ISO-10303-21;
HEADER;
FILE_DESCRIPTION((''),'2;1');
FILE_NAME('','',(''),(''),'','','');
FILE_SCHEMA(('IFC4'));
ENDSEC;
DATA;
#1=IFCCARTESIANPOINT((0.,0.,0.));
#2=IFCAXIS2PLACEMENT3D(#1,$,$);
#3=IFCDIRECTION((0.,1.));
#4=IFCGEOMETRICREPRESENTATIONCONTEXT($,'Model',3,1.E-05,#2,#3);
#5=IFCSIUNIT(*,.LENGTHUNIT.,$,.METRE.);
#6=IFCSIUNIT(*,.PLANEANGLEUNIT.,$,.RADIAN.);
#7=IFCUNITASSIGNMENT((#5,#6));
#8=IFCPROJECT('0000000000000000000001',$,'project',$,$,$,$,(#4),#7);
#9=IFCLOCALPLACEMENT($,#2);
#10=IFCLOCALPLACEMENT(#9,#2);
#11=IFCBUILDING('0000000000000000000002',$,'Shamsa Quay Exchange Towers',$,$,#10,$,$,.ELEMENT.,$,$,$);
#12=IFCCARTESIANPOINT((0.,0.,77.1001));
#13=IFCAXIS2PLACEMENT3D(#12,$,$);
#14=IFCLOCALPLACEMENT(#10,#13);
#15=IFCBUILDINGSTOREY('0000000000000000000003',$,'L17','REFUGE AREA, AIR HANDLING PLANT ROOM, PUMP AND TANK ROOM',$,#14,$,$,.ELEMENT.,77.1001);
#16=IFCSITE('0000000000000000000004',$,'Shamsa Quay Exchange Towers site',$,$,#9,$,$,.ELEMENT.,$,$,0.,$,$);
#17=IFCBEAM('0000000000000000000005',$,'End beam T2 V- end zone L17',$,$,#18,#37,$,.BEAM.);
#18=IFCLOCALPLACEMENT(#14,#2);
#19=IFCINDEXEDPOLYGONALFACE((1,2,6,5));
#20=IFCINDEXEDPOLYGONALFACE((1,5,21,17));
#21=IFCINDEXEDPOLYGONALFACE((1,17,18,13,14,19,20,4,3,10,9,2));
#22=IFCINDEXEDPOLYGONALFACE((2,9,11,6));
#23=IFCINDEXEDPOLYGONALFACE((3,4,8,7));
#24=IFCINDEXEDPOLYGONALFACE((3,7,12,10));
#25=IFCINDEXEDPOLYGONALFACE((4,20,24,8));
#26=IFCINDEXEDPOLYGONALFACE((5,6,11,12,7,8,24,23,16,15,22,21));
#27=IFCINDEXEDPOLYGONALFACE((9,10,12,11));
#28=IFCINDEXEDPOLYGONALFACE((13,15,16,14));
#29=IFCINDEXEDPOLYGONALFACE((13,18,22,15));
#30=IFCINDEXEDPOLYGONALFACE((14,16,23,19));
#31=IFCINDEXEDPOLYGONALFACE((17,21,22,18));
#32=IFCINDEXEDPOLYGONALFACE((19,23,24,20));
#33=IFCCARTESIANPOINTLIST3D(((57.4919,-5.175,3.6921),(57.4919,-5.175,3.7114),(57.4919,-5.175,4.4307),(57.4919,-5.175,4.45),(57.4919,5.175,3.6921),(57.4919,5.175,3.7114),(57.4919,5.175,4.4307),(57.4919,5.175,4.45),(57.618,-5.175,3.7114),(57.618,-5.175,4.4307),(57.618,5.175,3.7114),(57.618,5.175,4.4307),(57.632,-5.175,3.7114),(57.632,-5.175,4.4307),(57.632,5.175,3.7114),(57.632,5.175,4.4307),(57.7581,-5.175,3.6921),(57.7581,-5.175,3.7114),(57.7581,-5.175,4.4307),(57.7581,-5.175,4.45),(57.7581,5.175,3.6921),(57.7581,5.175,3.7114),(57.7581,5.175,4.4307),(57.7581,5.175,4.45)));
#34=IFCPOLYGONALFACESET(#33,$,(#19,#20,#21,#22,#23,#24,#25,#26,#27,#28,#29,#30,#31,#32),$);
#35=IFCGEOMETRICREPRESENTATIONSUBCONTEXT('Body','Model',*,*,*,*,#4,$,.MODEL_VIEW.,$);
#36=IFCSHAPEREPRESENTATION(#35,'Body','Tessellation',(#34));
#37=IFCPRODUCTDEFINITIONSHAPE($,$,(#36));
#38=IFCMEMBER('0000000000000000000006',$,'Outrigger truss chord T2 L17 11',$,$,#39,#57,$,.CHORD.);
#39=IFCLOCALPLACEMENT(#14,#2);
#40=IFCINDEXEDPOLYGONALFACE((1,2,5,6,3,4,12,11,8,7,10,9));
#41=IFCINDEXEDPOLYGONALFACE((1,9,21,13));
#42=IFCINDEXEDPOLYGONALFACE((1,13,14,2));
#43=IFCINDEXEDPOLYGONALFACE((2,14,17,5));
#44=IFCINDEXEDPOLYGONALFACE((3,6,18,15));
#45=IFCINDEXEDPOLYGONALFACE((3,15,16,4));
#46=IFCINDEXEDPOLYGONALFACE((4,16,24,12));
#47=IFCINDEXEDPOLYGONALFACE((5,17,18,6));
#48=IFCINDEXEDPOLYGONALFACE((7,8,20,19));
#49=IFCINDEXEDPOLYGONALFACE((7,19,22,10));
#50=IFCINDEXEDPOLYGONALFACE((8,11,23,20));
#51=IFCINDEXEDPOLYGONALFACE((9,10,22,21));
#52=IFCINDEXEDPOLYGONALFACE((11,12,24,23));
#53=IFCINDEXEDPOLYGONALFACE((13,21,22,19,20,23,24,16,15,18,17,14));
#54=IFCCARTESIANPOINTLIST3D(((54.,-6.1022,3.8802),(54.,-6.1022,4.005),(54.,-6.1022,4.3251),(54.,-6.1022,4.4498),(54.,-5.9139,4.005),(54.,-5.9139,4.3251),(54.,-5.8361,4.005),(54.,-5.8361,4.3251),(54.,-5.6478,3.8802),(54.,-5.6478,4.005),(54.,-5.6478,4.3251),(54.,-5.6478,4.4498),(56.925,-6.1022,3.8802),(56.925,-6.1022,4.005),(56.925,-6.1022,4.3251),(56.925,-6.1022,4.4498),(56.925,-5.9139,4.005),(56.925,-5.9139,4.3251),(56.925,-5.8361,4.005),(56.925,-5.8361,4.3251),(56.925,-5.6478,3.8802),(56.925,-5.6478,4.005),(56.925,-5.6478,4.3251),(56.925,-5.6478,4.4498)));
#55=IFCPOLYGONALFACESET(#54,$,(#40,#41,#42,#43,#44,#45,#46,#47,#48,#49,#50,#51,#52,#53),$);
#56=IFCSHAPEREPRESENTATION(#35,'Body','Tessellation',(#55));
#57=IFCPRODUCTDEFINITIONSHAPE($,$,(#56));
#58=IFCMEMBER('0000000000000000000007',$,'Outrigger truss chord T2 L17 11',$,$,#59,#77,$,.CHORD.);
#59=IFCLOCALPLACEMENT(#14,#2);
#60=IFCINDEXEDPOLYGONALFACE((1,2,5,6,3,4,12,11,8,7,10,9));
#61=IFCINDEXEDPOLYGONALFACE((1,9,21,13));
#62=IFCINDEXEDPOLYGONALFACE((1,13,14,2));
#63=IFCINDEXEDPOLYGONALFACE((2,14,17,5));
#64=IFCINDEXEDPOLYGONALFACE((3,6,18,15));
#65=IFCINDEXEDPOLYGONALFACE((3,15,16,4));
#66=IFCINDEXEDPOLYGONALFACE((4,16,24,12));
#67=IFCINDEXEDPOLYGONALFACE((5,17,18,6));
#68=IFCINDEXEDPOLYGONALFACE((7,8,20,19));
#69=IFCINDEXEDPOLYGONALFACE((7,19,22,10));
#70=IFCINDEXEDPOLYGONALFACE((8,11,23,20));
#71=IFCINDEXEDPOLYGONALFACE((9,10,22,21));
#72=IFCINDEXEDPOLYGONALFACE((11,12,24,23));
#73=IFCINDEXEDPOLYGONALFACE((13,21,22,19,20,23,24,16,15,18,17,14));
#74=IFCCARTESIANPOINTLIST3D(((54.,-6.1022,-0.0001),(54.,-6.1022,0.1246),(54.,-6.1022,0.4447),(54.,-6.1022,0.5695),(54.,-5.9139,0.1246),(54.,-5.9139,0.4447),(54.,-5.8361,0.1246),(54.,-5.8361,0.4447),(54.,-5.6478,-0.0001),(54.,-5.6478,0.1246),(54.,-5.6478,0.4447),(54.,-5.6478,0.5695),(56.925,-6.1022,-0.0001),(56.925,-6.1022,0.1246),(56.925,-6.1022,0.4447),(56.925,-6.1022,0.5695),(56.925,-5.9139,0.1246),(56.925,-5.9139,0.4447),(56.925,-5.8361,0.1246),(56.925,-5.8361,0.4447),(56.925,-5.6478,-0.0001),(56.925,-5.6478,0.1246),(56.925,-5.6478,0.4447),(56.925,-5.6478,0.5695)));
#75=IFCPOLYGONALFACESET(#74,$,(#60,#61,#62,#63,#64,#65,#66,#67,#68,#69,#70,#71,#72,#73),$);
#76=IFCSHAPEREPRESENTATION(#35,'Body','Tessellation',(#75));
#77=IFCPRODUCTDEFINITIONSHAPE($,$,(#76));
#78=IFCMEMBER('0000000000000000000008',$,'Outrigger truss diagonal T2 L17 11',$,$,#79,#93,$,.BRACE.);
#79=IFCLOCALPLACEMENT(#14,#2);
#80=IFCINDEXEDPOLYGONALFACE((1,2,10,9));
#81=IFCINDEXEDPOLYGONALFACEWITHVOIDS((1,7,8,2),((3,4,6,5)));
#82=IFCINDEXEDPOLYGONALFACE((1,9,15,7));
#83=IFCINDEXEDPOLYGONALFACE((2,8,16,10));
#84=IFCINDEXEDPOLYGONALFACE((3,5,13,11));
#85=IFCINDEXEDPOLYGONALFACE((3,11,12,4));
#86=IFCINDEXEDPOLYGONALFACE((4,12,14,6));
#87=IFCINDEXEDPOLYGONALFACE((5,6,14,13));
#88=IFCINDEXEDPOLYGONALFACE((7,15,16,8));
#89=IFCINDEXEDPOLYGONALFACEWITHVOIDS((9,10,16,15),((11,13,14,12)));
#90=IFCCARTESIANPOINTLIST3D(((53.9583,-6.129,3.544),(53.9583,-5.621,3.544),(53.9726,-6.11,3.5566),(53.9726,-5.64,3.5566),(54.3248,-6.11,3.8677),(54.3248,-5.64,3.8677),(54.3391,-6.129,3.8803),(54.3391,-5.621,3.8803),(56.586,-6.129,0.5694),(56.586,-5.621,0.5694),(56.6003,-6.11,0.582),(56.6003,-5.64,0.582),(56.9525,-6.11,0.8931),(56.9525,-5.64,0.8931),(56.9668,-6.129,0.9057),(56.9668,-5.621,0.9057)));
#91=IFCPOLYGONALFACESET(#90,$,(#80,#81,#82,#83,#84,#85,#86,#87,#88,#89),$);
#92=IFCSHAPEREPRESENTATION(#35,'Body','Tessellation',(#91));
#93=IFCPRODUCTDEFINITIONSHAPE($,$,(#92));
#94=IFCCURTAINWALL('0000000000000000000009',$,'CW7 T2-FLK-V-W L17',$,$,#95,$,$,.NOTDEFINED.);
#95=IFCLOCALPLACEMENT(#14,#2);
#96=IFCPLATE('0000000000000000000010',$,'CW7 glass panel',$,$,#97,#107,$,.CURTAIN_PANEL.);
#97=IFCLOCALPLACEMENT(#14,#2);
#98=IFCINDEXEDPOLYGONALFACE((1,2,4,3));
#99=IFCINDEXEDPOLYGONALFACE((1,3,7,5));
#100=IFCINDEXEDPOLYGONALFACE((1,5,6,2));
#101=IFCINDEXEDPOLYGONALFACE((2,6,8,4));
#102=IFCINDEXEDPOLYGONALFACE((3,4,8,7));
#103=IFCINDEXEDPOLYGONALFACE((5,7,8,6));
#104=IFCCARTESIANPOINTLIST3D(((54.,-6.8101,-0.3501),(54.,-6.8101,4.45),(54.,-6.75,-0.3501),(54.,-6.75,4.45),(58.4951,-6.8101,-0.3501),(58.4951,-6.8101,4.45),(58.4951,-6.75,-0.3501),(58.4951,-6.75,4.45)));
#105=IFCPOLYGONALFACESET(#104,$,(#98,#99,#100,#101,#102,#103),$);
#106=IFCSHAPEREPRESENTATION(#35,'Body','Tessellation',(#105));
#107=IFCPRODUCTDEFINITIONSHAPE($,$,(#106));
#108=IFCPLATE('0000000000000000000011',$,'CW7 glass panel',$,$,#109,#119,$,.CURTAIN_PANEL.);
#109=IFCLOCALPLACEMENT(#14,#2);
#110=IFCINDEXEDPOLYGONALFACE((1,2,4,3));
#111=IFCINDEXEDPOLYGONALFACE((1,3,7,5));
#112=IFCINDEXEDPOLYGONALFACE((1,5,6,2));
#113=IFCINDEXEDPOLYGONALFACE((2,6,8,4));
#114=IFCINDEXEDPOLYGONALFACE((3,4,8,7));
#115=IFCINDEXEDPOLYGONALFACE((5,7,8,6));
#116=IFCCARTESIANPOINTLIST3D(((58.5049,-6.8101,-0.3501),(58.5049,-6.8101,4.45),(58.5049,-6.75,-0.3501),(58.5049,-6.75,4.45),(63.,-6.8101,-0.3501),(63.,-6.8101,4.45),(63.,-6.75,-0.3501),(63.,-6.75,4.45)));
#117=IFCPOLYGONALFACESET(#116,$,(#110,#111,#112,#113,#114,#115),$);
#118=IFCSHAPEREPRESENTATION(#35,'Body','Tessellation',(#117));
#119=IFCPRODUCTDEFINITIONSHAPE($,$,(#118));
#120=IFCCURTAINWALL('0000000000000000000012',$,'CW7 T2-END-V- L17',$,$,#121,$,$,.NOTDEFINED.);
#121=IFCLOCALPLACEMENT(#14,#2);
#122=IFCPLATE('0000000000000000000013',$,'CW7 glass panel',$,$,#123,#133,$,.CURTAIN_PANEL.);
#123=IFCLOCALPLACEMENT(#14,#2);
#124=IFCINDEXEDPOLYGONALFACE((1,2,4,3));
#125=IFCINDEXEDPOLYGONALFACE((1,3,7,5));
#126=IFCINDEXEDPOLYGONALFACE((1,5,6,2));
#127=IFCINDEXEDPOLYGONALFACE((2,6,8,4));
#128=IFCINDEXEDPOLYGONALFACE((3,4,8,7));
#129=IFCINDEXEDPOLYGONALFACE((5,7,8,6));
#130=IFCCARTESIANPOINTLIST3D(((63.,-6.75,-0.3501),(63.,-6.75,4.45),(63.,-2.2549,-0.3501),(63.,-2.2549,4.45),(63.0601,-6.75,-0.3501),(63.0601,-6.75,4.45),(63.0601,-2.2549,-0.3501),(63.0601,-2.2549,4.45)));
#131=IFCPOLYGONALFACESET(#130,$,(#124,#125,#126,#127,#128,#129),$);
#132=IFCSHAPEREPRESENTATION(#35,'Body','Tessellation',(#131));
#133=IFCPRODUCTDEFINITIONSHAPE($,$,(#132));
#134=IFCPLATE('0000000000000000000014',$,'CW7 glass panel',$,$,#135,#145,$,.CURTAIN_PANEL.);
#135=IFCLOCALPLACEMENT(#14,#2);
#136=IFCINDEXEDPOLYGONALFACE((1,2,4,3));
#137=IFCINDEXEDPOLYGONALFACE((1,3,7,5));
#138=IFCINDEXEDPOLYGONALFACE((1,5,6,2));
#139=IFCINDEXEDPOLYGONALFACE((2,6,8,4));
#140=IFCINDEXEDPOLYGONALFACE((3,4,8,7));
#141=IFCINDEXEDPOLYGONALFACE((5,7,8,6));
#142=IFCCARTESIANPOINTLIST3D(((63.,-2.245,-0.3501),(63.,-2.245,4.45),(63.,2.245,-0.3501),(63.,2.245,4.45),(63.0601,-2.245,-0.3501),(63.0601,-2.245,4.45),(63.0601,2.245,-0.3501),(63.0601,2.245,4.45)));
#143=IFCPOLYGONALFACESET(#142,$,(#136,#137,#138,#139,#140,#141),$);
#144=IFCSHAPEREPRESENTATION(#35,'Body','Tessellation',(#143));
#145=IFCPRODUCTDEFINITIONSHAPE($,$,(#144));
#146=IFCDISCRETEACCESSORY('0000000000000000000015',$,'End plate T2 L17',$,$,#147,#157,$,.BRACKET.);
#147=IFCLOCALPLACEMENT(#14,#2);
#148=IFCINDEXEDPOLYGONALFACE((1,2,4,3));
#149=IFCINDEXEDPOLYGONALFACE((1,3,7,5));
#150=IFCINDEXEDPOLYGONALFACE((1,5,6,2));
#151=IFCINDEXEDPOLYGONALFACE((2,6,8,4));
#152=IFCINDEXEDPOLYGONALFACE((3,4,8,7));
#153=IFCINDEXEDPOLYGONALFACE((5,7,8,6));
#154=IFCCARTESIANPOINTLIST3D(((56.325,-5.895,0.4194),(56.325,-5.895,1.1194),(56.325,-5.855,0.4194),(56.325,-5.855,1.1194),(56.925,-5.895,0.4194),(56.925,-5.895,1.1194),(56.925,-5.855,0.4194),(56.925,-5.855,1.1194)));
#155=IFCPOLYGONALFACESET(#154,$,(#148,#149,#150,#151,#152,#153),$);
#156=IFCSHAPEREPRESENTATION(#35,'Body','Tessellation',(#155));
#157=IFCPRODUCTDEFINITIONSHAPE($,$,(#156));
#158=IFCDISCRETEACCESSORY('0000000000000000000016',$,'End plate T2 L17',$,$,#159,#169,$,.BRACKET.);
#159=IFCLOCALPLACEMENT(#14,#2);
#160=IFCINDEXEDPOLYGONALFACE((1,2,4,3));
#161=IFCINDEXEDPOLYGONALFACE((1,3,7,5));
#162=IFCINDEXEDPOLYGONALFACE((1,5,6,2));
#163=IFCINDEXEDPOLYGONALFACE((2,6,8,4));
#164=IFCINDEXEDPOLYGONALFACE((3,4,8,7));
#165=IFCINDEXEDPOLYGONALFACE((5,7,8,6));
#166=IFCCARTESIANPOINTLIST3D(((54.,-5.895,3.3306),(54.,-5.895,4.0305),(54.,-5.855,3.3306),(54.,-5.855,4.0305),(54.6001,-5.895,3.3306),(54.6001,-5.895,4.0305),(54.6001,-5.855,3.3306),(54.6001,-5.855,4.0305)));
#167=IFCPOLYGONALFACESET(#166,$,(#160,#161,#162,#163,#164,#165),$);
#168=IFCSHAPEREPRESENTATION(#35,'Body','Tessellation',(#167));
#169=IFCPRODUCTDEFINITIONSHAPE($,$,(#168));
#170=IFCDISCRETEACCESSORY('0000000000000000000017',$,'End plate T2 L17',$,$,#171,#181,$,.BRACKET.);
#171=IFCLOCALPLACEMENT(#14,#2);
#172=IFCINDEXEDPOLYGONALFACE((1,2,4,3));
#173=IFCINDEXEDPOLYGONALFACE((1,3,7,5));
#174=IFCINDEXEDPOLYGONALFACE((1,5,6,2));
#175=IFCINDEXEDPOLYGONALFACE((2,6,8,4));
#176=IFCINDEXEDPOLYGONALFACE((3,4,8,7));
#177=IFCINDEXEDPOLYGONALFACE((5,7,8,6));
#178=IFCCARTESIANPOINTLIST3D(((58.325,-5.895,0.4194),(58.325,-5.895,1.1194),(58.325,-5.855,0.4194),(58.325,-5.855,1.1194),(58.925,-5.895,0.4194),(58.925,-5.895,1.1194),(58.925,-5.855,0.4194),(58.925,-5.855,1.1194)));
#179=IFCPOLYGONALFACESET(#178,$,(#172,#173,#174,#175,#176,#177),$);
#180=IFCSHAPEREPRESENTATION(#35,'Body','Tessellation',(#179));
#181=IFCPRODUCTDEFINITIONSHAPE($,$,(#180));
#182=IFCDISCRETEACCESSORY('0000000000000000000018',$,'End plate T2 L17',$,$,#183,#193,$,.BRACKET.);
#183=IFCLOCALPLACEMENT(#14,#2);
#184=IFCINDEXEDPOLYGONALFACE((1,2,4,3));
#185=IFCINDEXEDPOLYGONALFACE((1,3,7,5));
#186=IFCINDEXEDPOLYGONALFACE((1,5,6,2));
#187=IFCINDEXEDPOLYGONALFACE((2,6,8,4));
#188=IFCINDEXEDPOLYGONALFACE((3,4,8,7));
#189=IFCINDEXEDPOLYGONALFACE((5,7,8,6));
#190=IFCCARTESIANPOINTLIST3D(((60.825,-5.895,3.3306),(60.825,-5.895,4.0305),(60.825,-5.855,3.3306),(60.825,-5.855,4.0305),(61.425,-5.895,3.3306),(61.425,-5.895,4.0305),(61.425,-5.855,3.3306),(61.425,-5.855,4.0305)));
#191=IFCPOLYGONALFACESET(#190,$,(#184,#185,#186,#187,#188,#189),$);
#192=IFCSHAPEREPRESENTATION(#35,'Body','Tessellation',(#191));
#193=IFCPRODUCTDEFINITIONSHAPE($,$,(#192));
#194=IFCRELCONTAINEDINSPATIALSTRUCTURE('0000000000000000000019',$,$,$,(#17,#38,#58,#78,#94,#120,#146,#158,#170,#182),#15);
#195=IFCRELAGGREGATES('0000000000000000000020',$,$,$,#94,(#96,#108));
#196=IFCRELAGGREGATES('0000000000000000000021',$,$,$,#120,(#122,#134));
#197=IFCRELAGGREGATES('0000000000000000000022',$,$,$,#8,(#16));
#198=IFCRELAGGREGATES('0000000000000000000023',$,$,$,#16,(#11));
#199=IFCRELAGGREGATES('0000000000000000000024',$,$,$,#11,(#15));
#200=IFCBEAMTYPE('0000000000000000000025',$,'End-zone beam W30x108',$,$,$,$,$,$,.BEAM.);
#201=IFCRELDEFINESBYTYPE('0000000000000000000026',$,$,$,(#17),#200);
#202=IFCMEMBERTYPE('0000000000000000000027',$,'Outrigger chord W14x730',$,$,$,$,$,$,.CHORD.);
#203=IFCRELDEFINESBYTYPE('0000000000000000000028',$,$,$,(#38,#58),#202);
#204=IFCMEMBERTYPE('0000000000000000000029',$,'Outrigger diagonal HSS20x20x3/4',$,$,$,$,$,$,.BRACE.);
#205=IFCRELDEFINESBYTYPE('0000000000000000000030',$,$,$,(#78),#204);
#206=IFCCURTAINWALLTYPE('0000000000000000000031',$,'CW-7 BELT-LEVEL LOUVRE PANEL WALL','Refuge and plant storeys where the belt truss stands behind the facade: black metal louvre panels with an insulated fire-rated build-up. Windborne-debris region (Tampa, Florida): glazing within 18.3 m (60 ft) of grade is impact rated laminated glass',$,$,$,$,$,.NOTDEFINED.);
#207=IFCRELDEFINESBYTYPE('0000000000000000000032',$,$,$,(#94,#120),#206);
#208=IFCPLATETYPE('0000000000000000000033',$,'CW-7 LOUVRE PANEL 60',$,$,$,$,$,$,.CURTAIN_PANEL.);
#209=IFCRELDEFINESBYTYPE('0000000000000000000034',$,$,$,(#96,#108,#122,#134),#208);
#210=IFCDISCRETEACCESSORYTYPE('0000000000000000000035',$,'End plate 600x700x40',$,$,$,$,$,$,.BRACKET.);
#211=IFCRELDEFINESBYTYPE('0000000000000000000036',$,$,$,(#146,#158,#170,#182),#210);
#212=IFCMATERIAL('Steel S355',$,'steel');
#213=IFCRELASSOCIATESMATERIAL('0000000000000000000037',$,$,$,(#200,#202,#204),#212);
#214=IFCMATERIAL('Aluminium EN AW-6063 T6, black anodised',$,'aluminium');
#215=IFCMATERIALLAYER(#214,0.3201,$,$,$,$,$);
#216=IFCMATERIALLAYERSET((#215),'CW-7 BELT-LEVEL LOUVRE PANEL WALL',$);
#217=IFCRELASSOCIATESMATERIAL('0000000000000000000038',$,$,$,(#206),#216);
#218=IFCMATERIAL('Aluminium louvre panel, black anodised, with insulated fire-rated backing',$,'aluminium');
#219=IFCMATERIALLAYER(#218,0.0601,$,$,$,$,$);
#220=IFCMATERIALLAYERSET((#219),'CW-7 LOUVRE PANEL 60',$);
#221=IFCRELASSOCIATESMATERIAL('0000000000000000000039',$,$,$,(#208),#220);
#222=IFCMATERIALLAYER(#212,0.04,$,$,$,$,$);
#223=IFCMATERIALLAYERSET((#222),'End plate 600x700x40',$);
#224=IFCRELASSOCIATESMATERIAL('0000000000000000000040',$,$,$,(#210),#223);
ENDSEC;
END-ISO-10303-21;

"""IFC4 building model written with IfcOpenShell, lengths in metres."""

from ifc_helpers import new_model, si_unit, direction, frame, origin, origin_2d, place, context, subcontext, project, spatial, rectangle, hollow_rectangle, i_section, extrude, material, layer, layer_set, material_profile, profile_set, type_object, element, aggregate, save


model = new_model("IFC4")

# Units and contexts
model_context = context("Model", 3, precision=1e-05, world=origin(), true_north=direction((0.0, 1.0)))
body_context = subcontext(model_context, "Body", "Model", "MODEL_VIEW")
ifc_project = project(units=[si_unit("LENGTHUNIT", "METRE"), si_unit("PLANEANGLEUNIT", "RADIAN")], contexts=[model_context])

# Site, building, storey
site_placement = place(None, origin())
site = spatial("IfcSite", under=ifc_project, at=site_placement, Name="Shamsa Quay Exchange Towers site", CompositionType="ELEMENT", RefElevation=0.0)
building_placement = place(site_placement, origin())
building = spatial("IfcBuilding", under=site, at=building_placement, Name="Shamsa Quay Exchange Towers", CompositionType="ELEMENT")
storey_placement = place(building_placement, frame((0.0, 0.0, 77.1001)))
storey = spatial("IfcBuildingStorey", under=building, at=storey_placement, Name="L17", Description="REFUGE AREA, AIR HANDLING PLANT ROOM, PUMP AND TANK ROOM", CompositionType="ELEMENT", Elevation=77.1001)

# Shared definitions
ifc_material_1 = material(Name="Steel S355", Category="steel")

# Beam
ifc_material_profile_1 = material_profile(ifc_material_1, i_section(OverallWidth=0.2661, OverallDepth=0.7578, WebThickness=0.0139, FlangeThickness=0.0193, at=origin_2d()), Name="W30x108")
ifc_profile_set_1 = profile_set([ifc_material_profile_1], Name="Steel S355")
beam_type = type_object("IfcBeamType", Name="End-zone beam W30x108", PredefinedType="BEAM", material=ifc_profile_set_1)
beam_placement = place(storey_placement, frame((57.625, -5.175, 4.071), z_axis=(0.0, 1.0, 0.0), x_axis=(-1.0, 0.0, 0.0)))
element("IfcBeam", 1, at=beam_placement, inside=storey, type_object=beam_type, Name="End beam T2 V- end zone L17", PredefinedType="BEAM", context=body_context, shape_type="SweptSolid", body=[
    extrude(i_section(OverallWidth=0.2661, OverallDepth=0.7578, WebThickness=0.0139, FlangeThickness=0.0193, at=origin_2d()), origin(), (0.0, 0.0, 1.0), 10.3501),
])

# Members
ifc_material_profile_2 = material_profile(ifc_material_1, i_section(OverallWidth=0.4543, OverallDepth=0.5696, WebThickness=0.0779, FlangeThickness=0.1248, at=origin_2d()), Name="W14x730")
ifc_profile_set_2 = profile_set([ifc_material_profile_2], Name="Steel S355")
member_type_1 = type_object("IfcMemberType", Name="Outrigger chord W14x730", PredefinedType="CHORD", material=ifc_profile_set_2)
for number, where, z_axis, x_axis, name in (
    (2, (56.925, -5.875, 4.165), (-1.0, 0.0, 0.0), (0.0, -1.0, 0.0), "Outrigger truss chord T2 L17 11"),
    (3, (56.925, -5.875, 0.2847), (-1.0, 0.0, 0.0), (0.0, -1.0, 0.0), "Outrigger truss chord T2 L17 11"),
):
    element("IfcMember", number, at=place(storey_placement, frame(where, z_axis=z_axis, x_axis=x_axis)), inside=storey, type_object=member_type_1, Name=name, PredefinedType="CHORD", context=body_context, shape_type="SweptSolid", body=[
        extrude(i_section(OverallWidth=0.4543, OverallDepth=0.5696, WebThickness=0.0779, FlangeThickness=0.1248, at=origin_2d()), origin(), (0.0, 0.0, 1.0), 2.925),
    ])
ifc_material_profile_3 = material_profile(ifc_material_1, hollow_rectangle(XDim=0.5081, YDim=0.5081, WallThickness=0.019, at=origin_2d()), Name="HSS20x20x3/4")
ifc_profile_set_3 = profile_set([ifc_material_profile_3], Name="Steel S355")
member_type_2 = type_object("IfcMemberType", Name="Outrigger diagonal HSS20x20x3/4", PredefinedType="BRACE", material=ifc_profile_set_3)
member_1_placement = place(storey_placement, frame((56.7764, -5.875, 0.7375), z_axis=(-0.662051, 0.0, 0.749459), x_axis=(0.0, -1.0, 0.0)))
element("IfcMember", 4, at=member_1_placement, inside=storey, type_object=member_type_2, Name="Outrigger truss diagonal T2 L17 11", PredefinedType="BRACE", context=body_context, shape_type="SweptSolid", body=[
    extrude(hollow_rectangle(XDim=0.5081, YDim=0.5081, WallThickness=0.019, at=origin_2d()), origin(), (0.0, 0.0, 1.0), 3.969),
])

# Curtain walls, plates
ifc_material_2 = material(Name="Aluminium EN AW-6063 T6, black anodised", Category="aluminium")
ifc_layer_1 = layer(ifc_material_2, 0.3201)
ifc_layer_set_1 = layer_set([ifc_layer_1], Name="CW-7 BELT-LEVEL LOUVRE PANEL WALL")
curtain_wall_type = type_object("IfcCurtainWallType", Name="CW-7 BELT-LEVEL LOUVRE PANEL WALL", Description="Refuge and plant storeys where the belt truss stands behind the facade: black metal louvre panels with an insulated fire-rated build-up. Windborne-debris region (Tampa, Florida): glazing within 18.3 m (60 ft) of grade is impact rated laminated glass", PredefinedType="NOTDEFINED", material=ifc_layer_set_1)
curtain_wall_1_placement = place(storey_placement, origin())
curtain_wall_1 = element("IfcCurtainWall", 5, at=curtain_wall_1_placement, inside=storey, type_object=curtain_wall_type, Name="CW7 T2-FLK-V-W L17", PredefinedType="NOTDEFINED")
ifc_material_3 = material(Name="Aluminium louvre panel, black anodised, with insulated fire-rated backing", Category="aluminium")
ifc_layer_2 = layer(ifc_material_3, 0.0601)
ifc_layer_set_2 = layer_set([ifc_layer_2], Name="CW-7 LOUVRE PANEL 60")
plate_type = type_object("IfcPlateType", Name="CW-7 LOUVRE PANEL 60", PredefinedType="CURTAIN_PANEL", material=ifc_layer_set_2)
plate_1_placement = place(storey_placement, frame((56.2476, -6.78, -0.3501)))
plate_1 = element("IfcPlate", 6, at=plate_1_placement, type_object=plate_type, Name="CW7 glass panel", PredefinedType="CURTAIN_PANEL", context=body_context, shape_type="SweptSolid", body=[
    extrude(rectangle(XDim=4.4951, YDim=0.0601, at=origin_2d()), origin(), (0.0, 0.0, 1.0), 4.8),
])
plate_2_placement = place(storey_placement, frame((60.7524, -6.78, -0.3501)))
plate_2 = element("IfcPlate", 7, at=plate_2_placement, type_object=plate_type, Name="CW7 glass panel", PredefinedType="CURTAIN_PANEL", context=body_context, shape_type="SweptSolid", body=[
    extrude(rectangle(XDim=4.4951, YDim=0.0601, at=origin_2d()), origin(), (0.0, 0.0, 1.0), 4.8),
])
aggregate(curtain_wall_1, [plate_1, plate_2])
curtain_wall_2_placement = place(storey_placement, origin())
curtain_wall_2 = element("IfcCurtainWall", 8, at=curtain_wall_2_placement, inside=storey, type_object=curtain_wall_type, Name="CW7 T2-END-V- L17", PredefinedType="NOTDEFINED")
plate_3_placement = place(storey_placement, frame((63.03, -4.5024, -0.3501), z_axis=(0.0, 0.0, 1.0), x_axis=(0.0, 1.0, 0.0)))
plate_3 = element("IfcPlate", 9, at=plate_3_placement, type_object=plate_type, Name="CW7 glass panel", PredefinedType="CURTAIN_PANEL", context=body_context, shape_type="SweptSolid", body=[
    extrude(rectangle(XDim=4.4951, YDim=0.0601, at=origin_2d()), origin(), (0.0, 0.0, 1.0), 4.8),
])
plate_4_placement = place(storey_placement, frame((63.03, 0.0, -0.3501), z_axis=(0.0, 0.0, 1.0), x_axis=(0.0, 1.0, 0.0)))
plate_4 = element("IfcPlate", 10, at=plate_4_placement, type_object=plate_type, Name="CW7 glass panel", PredefinedType="CURTAIN_PANEL", context=body_context, shape_type="SweptSolid", body=[
    extrude(rectangle(XDim=4.49, YDim=0.0601, at=origin_2d()), origin(), (0.0, 0.0, 1.0), 4.8),
])
aggregate(curtain_wall_2, [plate_3, plate_4])

# Discrete accessories
ifc_layer_3 = layer(ifc_material_1, 0.04)
ifc_layer_set_3 = layer_set([ifc_layer_3], Name="End plate 600x700x40")
discrete_accessory_type_1 = type_object("IfcDiscreteAccessoryType", Name="End plate 600x700x40", PredefinedType="BRACKET", material=ifc_layer_set_3)
for number, where, z_axis, x_axis, name in (
    (11, (56.625, -5.875, 0.4194), (0.0, 0.0, 1.0), (-1.0, 0.0, 0.0), "End plate T2 L17"),
    (12, (54.3, -5.875, 3.3306), (0.0, 0.0, 1.0), (-1.0, 0.0, 0.0), "End plate T2 L17"),
):
    element("IfcDiscreteAccessory", number, at=place(storey_placement, frame(where, z_axis=z_axis, x_axis=x_axis)), inside=storey, type_object=discrete_accessory_type_1, Name=name, PredefinedType="BRACKET", context=body_context, shape_type="SweptSolid", body=[
        extrude(rectangle(XDim=0.6001, YDim=0.04, at=origin_2d()), origin(), (0.0, 0.0, 1.0), 0.7),
    ])
for number, where, name in (
    (13, (58.625, -5.875, 0.4194), "End plate T2 L17"),
    (14, (61.125, -5.875, 3.3306), "End plate T2 L17"),
):
    element("IfcDiscreteAccessory", number, at=place(storey_placement, frame(where)), inside=storey, type_object=discrete_accessory_type_1, Name=name, PredefinedType="BRACKET", context=body_context, shape_type="SweptSolid", body=[
        extrude(rectangle(XDim=0.6001, YDim=0.04, at=origin_2d()), origin(), (0.0, 0.0, 1.0), 0.7),
    ])

save(model, "model.ifc")
